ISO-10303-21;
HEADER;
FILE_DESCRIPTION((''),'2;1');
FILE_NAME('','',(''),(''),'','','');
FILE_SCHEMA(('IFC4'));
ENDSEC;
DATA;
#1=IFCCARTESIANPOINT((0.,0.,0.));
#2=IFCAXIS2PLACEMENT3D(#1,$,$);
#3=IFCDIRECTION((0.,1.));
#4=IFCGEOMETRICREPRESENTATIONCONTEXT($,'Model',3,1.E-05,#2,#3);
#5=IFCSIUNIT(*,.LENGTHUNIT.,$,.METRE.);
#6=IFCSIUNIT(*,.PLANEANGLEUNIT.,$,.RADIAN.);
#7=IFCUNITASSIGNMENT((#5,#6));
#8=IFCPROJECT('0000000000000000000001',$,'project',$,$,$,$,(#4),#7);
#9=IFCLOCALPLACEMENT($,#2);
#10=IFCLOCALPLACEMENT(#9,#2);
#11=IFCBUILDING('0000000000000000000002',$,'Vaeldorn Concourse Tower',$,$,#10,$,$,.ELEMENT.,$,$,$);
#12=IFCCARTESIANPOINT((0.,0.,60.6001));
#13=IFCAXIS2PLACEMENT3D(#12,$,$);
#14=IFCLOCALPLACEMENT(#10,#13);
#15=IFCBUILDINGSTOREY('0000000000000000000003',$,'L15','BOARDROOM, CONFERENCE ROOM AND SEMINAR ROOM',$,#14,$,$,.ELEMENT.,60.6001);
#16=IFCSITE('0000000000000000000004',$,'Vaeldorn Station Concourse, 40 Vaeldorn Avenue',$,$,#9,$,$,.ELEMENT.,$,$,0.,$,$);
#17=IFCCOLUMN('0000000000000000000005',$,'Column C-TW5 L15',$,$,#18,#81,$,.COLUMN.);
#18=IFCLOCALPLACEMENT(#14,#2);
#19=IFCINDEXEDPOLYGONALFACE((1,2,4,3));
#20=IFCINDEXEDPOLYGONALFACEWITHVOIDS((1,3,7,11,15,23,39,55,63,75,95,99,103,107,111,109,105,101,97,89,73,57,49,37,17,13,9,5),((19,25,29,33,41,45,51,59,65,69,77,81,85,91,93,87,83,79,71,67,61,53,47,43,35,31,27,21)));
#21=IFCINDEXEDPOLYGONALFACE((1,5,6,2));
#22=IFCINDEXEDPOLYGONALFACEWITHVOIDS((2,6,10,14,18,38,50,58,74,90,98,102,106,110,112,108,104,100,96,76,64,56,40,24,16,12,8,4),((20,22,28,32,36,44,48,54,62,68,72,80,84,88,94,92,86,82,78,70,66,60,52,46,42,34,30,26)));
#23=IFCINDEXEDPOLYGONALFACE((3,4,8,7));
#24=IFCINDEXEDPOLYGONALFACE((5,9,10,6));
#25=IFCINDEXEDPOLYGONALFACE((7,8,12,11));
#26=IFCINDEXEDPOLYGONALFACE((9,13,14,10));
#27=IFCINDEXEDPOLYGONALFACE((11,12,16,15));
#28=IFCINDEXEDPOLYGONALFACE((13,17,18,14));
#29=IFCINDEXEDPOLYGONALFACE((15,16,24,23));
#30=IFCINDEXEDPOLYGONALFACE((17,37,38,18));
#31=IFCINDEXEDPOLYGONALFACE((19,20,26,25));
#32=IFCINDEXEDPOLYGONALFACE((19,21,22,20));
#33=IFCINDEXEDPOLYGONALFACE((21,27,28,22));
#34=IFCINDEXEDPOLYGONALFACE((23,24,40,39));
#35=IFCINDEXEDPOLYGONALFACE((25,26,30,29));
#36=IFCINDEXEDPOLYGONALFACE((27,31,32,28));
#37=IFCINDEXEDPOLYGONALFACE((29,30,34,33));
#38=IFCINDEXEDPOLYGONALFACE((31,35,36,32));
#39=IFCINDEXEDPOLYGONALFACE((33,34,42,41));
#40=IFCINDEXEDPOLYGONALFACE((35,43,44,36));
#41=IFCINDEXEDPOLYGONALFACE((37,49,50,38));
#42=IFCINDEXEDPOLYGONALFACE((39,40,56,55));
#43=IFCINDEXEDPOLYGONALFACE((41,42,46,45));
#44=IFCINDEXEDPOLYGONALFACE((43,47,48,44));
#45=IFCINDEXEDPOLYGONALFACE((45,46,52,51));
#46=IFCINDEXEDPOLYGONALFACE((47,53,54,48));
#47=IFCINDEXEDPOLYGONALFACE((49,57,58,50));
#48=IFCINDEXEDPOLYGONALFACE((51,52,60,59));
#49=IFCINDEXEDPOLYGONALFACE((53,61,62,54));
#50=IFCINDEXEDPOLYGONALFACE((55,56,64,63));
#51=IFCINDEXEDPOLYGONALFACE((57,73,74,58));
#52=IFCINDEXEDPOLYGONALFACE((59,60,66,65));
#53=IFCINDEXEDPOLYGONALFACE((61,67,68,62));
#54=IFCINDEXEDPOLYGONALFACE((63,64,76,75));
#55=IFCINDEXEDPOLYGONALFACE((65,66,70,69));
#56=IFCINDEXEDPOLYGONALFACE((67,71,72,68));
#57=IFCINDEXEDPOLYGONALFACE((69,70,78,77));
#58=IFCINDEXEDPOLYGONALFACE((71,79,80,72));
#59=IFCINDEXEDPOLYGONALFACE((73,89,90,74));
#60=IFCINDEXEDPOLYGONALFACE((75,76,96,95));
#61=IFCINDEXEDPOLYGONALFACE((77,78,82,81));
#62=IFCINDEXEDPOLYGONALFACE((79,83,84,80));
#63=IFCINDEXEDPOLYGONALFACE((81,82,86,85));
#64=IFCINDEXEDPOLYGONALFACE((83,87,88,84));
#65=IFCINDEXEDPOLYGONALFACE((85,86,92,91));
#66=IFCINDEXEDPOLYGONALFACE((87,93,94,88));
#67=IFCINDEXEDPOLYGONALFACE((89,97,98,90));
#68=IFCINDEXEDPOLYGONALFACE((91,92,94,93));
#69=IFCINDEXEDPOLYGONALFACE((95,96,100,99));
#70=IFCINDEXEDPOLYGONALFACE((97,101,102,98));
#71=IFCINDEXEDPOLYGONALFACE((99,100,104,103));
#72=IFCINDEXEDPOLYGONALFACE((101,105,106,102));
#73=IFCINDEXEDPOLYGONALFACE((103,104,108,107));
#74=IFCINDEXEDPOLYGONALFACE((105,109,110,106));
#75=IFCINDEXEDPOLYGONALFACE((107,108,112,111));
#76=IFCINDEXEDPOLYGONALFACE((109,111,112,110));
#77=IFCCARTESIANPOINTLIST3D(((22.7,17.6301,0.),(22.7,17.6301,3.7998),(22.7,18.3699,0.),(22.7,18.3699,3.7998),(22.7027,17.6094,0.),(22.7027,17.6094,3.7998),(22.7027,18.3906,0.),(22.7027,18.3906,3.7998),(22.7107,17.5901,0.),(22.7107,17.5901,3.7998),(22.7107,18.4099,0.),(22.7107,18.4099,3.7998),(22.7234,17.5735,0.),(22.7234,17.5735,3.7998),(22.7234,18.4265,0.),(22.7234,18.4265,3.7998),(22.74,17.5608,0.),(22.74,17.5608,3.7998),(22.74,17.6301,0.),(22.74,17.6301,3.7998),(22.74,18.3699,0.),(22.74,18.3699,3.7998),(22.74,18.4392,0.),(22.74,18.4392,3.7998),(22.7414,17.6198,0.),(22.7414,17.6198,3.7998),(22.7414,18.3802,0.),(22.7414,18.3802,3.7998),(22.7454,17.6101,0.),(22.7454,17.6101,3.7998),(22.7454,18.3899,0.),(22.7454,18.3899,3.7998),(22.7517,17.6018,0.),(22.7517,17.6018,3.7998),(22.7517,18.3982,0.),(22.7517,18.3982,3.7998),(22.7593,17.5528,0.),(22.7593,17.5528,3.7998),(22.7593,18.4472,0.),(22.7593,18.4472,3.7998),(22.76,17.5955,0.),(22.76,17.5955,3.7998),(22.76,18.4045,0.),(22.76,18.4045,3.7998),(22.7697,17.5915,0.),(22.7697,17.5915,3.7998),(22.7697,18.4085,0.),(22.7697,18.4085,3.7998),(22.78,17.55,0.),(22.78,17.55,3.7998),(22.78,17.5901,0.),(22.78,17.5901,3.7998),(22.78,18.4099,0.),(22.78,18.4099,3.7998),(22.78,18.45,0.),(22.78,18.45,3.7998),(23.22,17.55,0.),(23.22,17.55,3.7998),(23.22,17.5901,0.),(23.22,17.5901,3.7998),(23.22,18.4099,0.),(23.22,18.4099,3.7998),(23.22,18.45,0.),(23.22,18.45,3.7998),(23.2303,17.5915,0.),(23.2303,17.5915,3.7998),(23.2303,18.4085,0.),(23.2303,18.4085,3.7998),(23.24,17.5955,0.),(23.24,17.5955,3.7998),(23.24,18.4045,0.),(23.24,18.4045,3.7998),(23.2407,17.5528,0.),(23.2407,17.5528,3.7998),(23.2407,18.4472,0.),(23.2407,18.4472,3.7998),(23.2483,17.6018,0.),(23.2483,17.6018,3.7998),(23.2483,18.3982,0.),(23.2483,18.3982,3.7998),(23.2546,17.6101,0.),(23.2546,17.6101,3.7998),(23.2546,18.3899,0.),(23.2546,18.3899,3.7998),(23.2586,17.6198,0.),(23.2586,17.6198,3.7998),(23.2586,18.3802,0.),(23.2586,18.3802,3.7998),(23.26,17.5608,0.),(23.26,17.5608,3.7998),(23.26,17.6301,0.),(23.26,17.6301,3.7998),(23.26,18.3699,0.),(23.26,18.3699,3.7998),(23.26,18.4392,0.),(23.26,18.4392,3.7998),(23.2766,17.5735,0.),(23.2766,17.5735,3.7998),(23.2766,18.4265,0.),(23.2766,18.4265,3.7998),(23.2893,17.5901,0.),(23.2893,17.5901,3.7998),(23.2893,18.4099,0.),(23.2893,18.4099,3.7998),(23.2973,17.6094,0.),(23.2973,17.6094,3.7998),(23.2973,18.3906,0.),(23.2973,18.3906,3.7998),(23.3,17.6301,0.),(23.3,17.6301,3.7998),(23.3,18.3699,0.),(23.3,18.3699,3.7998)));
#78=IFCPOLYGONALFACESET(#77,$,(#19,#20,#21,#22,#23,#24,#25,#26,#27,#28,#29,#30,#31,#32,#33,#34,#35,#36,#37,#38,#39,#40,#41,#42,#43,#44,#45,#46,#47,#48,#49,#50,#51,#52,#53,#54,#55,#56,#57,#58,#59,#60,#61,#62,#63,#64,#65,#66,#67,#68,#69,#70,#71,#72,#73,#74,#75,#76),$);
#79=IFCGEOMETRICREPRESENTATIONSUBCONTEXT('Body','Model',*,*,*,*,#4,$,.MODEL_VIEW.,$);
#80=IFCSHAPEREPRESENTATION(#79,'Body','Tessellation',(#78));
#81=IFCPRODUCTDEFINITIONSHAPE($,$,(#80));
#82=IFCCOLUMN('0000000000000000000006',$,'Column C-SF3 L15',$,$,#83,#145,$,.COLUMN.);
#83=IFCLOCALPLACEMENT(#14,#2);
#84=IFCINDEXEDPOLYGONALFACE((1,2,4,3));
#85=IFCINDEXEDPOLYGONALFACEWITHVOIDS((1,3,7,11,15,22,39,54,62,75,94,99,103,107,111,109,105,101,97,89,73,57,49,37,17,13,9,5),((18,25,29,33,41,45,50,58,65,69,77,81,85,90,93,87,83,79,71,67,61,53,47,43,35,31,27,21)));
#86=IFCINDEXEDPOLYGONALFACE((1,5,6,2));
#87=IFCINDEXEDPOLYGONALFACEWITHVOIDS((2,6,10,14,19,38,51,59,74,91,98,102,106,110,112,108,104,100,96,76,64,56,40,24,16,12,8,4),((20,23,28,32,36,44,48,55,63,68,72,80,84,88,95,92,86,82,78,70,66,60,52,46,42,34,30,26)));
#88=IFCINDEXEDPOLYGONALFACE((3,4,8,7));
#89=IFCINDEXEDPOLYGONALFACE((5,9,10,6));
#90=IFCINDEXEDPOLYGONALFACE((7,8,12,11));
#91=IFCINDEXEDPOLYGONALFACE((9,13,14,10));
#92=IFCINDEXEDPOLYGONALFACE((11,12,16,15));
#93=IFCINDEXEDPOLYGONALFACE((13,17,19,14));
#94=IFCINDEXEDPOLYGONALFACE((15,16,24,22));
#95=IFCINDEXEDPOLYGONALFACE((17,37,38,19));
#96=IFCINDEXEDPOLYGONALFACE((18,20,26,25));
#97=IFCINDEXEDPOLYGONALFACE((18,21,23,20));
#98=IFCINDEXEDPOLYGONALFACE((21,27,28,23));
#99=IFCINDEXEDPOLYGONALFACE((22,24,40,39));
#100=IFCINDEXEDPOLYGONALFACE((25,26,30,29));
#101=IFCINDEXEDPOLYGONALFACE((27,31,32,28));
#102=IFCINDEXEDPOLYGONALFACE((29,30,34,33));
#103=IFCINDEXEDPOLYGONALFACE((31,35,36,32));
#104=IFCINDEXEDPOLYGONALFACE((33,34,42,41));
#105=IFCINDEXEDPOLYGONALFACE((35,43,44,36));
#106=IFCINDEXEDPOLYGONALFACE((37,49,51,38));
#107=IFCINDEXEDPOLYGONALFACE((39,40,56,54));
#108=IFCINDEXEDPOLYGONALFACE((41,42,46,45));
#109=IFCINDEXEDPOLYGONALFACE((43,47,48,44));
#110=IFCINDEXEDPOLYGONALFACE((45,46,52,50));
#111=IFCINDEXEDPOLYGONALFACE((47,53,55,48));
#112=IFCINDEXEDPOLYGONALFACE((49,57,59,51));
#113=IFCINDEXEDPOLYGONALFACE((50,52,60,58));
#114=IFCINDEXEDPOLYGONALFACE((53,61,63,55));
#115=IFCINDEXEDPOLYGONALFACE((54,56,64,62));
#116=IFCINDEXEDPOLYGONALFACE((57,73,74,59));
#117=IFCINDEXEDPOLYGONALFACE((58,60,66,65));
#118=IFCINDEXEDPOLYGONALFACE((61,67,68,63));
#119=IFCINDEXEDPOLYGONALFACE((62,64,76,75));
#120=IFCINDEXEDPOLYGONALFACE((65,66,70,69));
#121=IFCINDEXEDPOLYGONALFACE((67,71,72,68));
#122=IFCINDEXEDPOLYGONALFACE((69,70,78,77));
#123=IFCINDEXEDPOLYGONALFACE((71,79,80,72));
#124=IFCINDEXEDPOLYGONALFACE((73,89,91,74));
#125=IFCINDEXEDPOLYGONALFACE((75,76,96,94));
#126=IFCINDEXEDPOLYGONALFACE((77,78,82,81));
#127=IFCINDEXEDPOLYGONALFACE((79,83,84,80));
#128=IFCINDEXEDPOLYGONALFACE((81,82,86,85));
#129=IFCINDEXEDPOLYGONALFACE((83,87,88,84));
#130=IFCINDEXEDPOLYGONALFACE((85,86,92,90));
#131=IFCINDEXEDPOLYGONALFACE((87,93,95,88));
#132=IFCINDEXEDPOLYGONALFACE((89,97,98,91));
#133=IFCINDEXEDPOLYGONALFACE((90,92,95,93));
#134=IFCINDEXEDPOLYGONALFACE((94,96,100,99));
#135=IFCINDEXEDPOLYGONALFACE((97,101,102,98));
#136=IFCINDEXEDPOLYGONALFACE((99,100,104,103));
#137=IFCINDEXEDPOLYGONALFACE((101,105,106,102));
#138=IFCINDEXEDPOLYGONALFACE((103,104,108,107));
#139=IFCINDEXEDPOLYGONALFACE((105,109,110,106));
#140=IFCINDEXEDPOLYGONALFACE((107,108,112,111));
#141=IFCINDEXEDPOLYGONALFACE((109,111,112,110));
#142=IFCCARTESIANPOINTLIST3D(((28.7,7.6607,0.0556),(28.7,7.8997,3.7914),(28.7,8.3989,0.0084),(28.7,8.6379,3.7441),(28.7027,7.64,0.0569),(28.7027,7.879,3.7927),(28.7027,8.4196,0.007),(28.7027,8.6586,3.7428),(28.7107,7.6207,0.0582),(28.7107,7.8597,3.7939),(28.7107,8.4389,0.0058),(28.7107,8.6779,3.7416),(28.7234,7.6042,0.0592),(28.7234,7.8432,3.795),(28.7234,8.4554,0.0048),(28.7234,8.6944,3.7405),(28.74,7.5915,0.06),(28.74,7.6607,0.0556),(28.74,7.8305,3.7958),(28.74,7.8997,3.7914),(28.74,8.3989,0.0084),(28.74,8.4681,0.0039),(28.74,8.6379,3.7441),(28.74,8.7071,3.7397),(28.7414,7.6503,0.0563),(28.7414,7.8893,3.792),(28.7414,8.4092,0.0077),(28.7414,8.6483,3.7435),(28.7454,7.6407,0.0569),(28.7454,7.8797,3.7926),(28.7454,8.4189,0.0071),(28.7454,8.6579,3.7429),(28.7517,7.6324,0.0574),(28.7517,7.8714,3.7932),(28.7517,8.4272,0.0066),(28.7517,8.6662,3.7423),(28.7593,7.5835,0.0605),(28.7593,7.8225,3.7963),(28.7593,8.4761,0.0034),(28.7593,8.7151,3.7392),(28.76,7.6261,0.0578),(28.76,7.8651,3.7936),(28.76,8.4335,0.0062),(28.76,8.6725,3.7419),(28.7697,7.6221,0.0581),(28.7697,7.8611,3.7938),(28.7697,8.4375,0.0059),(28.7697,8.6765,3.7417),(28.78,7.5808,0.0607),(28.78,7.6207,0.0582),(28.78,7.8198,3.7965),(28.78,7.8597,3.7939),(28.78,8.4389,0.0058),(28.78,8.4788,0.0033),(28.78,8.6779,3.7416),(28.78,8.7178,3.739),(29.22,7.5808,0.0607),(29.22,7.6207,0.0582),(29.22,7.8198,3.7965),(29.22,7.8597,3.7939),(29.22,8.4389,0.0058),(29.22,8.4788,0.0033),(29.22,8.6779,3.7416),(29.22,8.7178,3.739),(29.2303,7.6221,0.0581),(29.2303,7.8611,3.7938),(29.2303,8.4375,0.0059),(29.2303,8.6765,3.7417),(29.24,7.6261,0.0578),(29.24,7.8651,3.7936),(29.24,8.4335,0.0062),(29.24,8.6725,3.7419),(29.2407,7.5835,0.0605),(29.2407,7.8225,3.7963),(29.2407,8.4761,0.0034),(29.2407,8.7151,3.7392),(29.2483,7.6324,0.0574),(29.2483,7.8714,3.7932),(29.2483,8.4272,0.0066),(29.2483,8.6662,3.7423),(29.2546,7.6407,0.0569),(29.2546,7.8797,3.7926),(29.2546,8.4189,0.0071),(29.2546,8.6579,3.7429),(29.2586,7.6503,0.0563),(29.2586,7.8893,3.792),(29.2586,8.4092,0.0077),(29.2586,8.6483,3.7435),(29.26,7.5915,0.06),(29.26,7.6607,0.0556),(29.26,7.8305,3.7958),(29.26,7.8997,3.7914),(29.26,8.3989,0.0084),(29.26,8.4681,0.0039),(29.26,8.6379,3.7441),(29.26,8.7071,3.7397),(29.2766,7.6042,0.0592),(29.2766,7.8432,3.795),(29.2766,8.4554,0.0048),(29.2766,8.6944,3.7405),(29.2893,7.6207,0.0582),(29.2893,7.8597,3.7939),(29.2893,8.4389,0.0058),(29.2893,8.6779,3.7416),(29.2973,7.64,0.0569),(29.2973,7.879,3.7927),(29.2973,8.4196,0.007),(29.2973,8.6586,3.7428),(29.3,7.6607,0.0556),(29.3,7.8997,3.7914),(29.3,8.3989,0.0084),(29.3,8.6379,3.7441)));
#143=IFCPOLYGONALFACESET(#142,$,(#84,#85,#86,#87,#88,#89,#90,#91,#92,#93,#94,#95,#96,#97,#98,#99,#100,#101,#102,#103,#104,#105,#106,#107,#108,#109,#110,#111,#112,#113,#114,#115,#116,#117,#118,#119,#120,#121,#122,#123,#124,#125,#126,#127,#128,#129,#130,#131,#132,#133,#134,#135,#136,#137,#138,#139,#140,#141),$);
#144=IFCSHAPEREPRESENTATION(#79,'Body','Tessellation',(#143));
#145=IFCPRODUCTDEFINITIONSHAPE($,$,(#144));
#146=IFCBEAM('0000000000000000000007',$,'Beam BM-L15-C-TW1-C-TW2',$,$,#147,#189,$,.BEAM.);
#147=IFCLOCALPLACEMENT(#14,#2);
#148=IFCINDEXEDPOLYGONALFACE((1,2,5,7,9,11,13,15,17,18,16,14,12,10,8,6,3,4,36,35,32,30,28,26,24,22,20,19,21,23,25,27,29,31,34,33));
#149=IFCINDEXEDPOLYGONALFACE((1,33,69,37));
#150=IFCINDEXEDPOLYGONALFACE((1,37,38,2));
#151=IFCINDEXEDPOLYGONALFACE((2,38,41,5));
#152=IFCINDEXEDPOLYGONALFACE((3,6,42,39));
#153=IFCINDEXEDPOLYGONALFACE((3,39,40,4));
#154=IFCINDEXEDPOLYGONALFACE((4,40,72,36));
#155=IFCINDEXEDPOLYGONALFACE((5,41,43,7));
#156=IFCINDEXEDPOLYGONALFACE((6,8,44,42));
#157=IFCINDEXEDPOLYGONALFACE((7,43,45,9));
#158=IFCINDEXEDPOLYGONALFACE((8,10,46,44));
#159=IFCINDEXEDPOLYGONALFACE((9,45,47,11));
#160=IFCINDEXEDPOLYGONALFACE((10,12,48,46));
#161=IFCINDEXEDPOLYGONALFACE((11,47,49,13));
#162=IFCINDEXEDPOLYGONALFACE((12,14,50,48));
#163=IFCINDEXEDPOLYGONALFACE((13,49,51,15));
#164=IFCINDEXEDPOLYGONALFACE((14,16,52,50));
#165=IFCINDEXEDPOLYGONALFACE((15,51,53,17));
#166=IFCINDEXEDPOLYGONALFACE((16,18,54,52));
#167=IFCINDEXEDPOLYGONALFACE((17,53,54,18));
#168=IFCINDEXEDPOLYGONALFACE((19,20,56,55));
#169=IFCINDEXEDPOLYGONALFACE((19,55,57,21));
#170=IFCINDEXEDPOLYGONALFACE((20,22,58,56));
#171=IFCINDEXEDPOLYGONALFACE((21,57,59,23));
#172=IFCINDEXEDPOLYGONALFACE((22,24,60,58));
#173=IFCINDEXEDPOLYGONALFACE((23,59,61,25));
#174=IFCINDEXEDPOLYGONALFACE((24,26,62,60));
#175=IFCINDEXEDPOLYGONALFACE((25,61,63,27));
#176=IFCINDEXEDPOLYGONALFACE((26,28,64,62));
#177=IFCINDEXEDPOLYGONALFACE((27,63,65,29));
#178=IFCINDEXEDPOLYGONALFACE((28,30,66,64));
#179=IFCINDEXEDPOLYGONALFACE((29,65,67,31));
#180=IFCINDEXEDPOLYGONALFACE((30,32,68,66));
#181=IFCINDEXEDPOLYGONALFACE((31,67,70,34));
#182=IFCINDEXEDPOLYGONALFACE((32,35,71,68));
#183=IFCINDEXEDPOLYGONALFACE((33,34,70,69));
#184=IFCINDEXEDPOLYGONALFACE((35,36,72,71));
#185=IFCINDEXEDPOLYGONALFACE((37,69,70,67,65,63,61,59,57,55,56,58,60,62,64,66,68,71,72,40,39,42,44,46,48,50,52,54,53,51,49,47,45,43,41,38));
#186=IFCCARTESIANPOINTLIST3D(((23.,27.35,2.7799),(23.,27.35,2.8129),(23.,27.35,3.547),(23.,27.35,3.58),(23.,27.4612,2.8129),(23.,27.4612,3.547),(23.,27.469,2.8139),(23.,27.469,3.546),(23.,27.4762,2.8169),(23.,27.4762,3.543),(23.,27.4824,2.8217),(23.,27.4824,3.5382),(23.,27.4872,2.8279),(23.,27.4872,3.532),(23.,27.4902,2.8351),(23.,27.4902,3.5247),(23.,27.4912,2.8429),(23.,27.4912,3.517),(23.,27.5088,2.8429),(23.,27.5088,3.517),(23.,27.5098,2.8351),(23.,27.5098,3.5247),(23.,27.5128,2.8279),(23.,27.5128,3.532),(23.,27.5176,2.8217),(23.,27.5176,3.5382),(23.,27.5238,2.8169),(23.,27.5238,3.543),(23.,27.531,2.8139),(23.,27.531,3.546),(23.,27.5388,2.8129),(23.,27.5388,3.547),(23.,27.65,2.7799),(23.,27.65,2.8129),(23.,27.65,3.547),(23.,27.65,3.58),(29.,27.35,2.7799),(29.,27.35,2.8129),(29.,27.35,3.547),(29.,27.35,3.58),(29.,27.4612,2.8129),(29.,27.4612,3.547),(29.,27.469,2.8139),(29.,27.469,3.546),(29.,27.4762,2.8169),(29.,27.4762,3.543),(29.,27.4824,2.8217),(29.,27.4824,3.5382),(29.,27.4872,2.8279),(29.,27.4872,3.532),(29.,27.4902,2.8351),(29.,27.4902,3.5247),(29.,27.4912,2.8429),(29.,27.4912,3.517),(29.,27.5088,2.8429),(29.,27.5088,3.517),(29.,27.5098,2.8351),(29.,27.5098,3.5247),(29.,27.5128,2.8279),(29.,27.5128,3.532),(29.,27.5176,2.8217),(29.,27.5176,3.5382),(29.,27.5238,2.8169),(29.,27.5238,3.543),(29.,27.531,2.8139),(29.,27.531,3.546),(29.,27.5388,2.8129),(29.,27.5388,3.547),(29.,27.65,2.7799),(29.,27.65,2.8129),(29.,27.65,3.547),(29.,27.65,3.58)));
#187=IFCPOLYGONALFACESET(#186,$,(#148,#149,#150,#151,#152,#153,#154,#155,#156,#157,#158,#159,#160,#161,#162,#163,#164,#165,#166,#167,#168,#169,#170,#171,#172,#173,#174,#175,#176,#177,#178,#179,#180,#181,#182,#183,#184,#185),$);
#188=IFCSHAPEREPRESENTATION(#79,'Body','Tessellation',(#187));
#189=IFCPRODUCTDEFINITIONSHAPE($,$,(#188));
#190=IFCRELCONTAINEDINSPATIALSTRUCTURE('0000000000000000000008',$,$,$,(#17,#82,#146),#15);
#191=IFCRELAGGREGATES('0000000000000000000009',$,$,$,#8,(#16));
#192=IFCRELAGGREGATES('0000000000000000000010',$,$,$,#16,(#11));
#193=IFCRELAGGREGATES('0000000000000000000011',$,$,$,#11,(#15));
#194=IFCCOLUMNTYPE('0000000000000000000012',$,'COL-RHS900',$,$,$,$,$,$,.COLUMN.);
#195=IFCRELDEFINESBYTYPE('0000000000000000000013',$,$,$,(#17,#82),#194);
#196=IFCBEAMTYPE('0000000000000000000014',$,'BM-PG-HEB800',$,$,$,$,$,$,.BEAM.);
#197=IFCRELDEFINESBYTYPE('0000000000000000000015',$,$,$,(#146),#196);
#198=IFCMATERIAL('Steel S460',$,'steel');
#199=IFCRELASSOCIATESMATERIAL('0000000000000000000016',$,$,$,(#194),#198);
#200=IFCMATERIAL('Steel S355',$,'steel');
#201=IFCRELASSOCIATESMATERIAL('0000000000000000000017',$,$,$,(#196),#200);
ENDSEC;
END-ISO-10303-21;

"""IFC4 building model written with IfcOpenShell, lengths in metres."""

from ifc_helpers import new_model, si_unit, direction, frame, origin, origin_2d, place, context, subcontext, project, spatial, hollow_rectangle, i_section, extrude, source, transform, mapped, material, material_profile, profile_set, type_object, element, save


model = new_model("IFC4")

# Units and contexts
model_context = context("Model", 3, precision=1e-05, world=origin(), true_north=direction((0.0, 1.0)))
body_context = subcontext(model_context, "Body", "Model", "MODEL_VIEW")
ifc_project = project(units=[si_unit("LENGTHUNIT", "METRE"), si_unit("PLANEANGLEUNIT", "RADIAN")], contexts=[model_context])

# Site, building, storey
site_placement = place(None, origin())
site = spatial("IfcSite", under=ifc_project, at=site_placement, Name="Vaeldorn Station Concourse, 40 Vaeldorn Avenue", CompositionType="ELEMENT", RefElevation=0.0)
building_placement = place(site_placement, origin())
building = spatial("IfcBuilding", under=site, at=building_placement, Name="Vaeldorn Concourse Tower", CompositionType="ELEMENT")
storey_placement = place(building_placement, frame((0.0, 0.0, 60.6001)))
storey = spatial("IfcBuildingStorey", under=building, at=storey_placement, Name="L15", Description="BOARDROOM, CONFERENCE ROOM AND SEMINAR ROOM", CompositionType="ELEMENT", Elevation=60.6001)

# Columns
ifc_material_1 = material(Name="Steel S460", Category="steel")
ifc_material_profile_1 = material_profile(ifc_material_1, hollow_rectangle(XDim=0.6001, YDim=0.8999, WallThickness=0.04, InnerFilletRadius=0.04, OuterFilletRadius=0.0801, at=origin_2d()), Name="RHS 900x600x40")
ifc_profile_set_1 = profile_set([ifc_material_profile_1], Name="Steel S460")
column_type_1 = type_object("IfcColumnType", Name="COL-RHS900", PredefinedType="COLUMN", material=ifc_profile_set_1)
shared_shape_1 = source(origin(), body_context, "Body", "SweptSolid", [
    extrude(hollow_rectangle(XDim=0.6001, YDim=0.8999, WallThickness=0.04, InnerFilletRadius=0.04, OuterFilletRadius=0.0801, at=origin_2d()), origin(), (0.0, 0.0, 1.0), 3.7998),
])
for number, where, z_axis, x_axis, name in (
    (1, (23.0, 18.0, 0.0), (0.0, 0.0, 1.0), (1.0, 0.0, 0.0), "Column C-TW5 L15"),
):
    element("IfcColumn", number, at=place(storey_placement, frame(where, z_axis=z_axis, x_axis=x_axis)), inside=storey, type_object=column_type_1, Name=name, PredefinedType="COLUMN", context=body_context, shape_type="MappedRepresentation", body=[
        mapped(shared_shape_1, transform((0.0, 0.0, 0.0), scale=1.0)),
    ])
shared_shape_2 = source(origin(), body_context, "Body", "SweptSolid", [
    extrude(hollow_rectangle(XDim=0.6001, YDim=0.8999, WallThickness=0.04, InnerFilletRadius=0.04, OuterFilletRadius=0.0801, at=origin_2d()), origin(), (0.0, 0.0, 1.0), 3.7434),
])
column_1_placement = place(storey_placement, frame((29.0, 8.0298, 0.032), z_axis=(0.0, 0.063848, 0.99796), x_axis=(-1.0, 0.0, 0.0)))
element("IfcColumn", 2, at=column_1_placement, inside=storey, type_object=column_type_1, Name="Column C-SF3 L15", PredefinedType="COLUMN", context=body_context, shape_type="MappedRepresentation", body=[
    mapped(shared_shape_2, transform((0.0, 0.0, 0.0), scale=1.0)),
])

# Beam
ifc_material_2 = material(Name="Steel S355", Category="steel")
ifc_material_profile_2 = material_profile(ifc_material_2, i_section(OverallWidth=0.3, OverallDepth=0.8, WebThickness=0.0176, FlangeThickness=0.033, FilletRadius=0.03, at=origin_2d()), Name="HEB 800")
ifc_profile_set_2 = profile_set([ifc_material_profile_2], Name="Steel S355")
beam_type_1 = type_object("IfcBeamType", Name="BM-PG-HEB800", PredefinedType="BEAM", material=ifc_profile_set_2)
shared_shape_3 = source(origin(), body_context, "Body", "SweptSolid", [
    extrude(i_section(OverallWidth=0.3, OverallDepth=0.8, WebThickness=0.0176, FlangeThickness=0.033, FilletRadius=0.03, at=origin_2d()), origin(), (0.0, 0.0, 1.0), 6.0),
])
beam_1_placement = place(storey_placement, frame((23.0, 27.5, 3.1799), z_axis=(1.0, 0.0, 0.0), x_axis=(0.0, 1.0, 0.0)))
element("IfcBeam", 3, at=beam_1_placement, inside=storey, type_object=beam_type_1, Name="Beam BM-L15-C-TW1-C-TW2", PredefinedType="BEAM", context=body_context, shape_type="MappedRepresentation", body=[
    mapped(shared_shape_3, transform((0.0, 0.0, 0.0), scale=1.0)),
])

save(model, "model.ifc")
